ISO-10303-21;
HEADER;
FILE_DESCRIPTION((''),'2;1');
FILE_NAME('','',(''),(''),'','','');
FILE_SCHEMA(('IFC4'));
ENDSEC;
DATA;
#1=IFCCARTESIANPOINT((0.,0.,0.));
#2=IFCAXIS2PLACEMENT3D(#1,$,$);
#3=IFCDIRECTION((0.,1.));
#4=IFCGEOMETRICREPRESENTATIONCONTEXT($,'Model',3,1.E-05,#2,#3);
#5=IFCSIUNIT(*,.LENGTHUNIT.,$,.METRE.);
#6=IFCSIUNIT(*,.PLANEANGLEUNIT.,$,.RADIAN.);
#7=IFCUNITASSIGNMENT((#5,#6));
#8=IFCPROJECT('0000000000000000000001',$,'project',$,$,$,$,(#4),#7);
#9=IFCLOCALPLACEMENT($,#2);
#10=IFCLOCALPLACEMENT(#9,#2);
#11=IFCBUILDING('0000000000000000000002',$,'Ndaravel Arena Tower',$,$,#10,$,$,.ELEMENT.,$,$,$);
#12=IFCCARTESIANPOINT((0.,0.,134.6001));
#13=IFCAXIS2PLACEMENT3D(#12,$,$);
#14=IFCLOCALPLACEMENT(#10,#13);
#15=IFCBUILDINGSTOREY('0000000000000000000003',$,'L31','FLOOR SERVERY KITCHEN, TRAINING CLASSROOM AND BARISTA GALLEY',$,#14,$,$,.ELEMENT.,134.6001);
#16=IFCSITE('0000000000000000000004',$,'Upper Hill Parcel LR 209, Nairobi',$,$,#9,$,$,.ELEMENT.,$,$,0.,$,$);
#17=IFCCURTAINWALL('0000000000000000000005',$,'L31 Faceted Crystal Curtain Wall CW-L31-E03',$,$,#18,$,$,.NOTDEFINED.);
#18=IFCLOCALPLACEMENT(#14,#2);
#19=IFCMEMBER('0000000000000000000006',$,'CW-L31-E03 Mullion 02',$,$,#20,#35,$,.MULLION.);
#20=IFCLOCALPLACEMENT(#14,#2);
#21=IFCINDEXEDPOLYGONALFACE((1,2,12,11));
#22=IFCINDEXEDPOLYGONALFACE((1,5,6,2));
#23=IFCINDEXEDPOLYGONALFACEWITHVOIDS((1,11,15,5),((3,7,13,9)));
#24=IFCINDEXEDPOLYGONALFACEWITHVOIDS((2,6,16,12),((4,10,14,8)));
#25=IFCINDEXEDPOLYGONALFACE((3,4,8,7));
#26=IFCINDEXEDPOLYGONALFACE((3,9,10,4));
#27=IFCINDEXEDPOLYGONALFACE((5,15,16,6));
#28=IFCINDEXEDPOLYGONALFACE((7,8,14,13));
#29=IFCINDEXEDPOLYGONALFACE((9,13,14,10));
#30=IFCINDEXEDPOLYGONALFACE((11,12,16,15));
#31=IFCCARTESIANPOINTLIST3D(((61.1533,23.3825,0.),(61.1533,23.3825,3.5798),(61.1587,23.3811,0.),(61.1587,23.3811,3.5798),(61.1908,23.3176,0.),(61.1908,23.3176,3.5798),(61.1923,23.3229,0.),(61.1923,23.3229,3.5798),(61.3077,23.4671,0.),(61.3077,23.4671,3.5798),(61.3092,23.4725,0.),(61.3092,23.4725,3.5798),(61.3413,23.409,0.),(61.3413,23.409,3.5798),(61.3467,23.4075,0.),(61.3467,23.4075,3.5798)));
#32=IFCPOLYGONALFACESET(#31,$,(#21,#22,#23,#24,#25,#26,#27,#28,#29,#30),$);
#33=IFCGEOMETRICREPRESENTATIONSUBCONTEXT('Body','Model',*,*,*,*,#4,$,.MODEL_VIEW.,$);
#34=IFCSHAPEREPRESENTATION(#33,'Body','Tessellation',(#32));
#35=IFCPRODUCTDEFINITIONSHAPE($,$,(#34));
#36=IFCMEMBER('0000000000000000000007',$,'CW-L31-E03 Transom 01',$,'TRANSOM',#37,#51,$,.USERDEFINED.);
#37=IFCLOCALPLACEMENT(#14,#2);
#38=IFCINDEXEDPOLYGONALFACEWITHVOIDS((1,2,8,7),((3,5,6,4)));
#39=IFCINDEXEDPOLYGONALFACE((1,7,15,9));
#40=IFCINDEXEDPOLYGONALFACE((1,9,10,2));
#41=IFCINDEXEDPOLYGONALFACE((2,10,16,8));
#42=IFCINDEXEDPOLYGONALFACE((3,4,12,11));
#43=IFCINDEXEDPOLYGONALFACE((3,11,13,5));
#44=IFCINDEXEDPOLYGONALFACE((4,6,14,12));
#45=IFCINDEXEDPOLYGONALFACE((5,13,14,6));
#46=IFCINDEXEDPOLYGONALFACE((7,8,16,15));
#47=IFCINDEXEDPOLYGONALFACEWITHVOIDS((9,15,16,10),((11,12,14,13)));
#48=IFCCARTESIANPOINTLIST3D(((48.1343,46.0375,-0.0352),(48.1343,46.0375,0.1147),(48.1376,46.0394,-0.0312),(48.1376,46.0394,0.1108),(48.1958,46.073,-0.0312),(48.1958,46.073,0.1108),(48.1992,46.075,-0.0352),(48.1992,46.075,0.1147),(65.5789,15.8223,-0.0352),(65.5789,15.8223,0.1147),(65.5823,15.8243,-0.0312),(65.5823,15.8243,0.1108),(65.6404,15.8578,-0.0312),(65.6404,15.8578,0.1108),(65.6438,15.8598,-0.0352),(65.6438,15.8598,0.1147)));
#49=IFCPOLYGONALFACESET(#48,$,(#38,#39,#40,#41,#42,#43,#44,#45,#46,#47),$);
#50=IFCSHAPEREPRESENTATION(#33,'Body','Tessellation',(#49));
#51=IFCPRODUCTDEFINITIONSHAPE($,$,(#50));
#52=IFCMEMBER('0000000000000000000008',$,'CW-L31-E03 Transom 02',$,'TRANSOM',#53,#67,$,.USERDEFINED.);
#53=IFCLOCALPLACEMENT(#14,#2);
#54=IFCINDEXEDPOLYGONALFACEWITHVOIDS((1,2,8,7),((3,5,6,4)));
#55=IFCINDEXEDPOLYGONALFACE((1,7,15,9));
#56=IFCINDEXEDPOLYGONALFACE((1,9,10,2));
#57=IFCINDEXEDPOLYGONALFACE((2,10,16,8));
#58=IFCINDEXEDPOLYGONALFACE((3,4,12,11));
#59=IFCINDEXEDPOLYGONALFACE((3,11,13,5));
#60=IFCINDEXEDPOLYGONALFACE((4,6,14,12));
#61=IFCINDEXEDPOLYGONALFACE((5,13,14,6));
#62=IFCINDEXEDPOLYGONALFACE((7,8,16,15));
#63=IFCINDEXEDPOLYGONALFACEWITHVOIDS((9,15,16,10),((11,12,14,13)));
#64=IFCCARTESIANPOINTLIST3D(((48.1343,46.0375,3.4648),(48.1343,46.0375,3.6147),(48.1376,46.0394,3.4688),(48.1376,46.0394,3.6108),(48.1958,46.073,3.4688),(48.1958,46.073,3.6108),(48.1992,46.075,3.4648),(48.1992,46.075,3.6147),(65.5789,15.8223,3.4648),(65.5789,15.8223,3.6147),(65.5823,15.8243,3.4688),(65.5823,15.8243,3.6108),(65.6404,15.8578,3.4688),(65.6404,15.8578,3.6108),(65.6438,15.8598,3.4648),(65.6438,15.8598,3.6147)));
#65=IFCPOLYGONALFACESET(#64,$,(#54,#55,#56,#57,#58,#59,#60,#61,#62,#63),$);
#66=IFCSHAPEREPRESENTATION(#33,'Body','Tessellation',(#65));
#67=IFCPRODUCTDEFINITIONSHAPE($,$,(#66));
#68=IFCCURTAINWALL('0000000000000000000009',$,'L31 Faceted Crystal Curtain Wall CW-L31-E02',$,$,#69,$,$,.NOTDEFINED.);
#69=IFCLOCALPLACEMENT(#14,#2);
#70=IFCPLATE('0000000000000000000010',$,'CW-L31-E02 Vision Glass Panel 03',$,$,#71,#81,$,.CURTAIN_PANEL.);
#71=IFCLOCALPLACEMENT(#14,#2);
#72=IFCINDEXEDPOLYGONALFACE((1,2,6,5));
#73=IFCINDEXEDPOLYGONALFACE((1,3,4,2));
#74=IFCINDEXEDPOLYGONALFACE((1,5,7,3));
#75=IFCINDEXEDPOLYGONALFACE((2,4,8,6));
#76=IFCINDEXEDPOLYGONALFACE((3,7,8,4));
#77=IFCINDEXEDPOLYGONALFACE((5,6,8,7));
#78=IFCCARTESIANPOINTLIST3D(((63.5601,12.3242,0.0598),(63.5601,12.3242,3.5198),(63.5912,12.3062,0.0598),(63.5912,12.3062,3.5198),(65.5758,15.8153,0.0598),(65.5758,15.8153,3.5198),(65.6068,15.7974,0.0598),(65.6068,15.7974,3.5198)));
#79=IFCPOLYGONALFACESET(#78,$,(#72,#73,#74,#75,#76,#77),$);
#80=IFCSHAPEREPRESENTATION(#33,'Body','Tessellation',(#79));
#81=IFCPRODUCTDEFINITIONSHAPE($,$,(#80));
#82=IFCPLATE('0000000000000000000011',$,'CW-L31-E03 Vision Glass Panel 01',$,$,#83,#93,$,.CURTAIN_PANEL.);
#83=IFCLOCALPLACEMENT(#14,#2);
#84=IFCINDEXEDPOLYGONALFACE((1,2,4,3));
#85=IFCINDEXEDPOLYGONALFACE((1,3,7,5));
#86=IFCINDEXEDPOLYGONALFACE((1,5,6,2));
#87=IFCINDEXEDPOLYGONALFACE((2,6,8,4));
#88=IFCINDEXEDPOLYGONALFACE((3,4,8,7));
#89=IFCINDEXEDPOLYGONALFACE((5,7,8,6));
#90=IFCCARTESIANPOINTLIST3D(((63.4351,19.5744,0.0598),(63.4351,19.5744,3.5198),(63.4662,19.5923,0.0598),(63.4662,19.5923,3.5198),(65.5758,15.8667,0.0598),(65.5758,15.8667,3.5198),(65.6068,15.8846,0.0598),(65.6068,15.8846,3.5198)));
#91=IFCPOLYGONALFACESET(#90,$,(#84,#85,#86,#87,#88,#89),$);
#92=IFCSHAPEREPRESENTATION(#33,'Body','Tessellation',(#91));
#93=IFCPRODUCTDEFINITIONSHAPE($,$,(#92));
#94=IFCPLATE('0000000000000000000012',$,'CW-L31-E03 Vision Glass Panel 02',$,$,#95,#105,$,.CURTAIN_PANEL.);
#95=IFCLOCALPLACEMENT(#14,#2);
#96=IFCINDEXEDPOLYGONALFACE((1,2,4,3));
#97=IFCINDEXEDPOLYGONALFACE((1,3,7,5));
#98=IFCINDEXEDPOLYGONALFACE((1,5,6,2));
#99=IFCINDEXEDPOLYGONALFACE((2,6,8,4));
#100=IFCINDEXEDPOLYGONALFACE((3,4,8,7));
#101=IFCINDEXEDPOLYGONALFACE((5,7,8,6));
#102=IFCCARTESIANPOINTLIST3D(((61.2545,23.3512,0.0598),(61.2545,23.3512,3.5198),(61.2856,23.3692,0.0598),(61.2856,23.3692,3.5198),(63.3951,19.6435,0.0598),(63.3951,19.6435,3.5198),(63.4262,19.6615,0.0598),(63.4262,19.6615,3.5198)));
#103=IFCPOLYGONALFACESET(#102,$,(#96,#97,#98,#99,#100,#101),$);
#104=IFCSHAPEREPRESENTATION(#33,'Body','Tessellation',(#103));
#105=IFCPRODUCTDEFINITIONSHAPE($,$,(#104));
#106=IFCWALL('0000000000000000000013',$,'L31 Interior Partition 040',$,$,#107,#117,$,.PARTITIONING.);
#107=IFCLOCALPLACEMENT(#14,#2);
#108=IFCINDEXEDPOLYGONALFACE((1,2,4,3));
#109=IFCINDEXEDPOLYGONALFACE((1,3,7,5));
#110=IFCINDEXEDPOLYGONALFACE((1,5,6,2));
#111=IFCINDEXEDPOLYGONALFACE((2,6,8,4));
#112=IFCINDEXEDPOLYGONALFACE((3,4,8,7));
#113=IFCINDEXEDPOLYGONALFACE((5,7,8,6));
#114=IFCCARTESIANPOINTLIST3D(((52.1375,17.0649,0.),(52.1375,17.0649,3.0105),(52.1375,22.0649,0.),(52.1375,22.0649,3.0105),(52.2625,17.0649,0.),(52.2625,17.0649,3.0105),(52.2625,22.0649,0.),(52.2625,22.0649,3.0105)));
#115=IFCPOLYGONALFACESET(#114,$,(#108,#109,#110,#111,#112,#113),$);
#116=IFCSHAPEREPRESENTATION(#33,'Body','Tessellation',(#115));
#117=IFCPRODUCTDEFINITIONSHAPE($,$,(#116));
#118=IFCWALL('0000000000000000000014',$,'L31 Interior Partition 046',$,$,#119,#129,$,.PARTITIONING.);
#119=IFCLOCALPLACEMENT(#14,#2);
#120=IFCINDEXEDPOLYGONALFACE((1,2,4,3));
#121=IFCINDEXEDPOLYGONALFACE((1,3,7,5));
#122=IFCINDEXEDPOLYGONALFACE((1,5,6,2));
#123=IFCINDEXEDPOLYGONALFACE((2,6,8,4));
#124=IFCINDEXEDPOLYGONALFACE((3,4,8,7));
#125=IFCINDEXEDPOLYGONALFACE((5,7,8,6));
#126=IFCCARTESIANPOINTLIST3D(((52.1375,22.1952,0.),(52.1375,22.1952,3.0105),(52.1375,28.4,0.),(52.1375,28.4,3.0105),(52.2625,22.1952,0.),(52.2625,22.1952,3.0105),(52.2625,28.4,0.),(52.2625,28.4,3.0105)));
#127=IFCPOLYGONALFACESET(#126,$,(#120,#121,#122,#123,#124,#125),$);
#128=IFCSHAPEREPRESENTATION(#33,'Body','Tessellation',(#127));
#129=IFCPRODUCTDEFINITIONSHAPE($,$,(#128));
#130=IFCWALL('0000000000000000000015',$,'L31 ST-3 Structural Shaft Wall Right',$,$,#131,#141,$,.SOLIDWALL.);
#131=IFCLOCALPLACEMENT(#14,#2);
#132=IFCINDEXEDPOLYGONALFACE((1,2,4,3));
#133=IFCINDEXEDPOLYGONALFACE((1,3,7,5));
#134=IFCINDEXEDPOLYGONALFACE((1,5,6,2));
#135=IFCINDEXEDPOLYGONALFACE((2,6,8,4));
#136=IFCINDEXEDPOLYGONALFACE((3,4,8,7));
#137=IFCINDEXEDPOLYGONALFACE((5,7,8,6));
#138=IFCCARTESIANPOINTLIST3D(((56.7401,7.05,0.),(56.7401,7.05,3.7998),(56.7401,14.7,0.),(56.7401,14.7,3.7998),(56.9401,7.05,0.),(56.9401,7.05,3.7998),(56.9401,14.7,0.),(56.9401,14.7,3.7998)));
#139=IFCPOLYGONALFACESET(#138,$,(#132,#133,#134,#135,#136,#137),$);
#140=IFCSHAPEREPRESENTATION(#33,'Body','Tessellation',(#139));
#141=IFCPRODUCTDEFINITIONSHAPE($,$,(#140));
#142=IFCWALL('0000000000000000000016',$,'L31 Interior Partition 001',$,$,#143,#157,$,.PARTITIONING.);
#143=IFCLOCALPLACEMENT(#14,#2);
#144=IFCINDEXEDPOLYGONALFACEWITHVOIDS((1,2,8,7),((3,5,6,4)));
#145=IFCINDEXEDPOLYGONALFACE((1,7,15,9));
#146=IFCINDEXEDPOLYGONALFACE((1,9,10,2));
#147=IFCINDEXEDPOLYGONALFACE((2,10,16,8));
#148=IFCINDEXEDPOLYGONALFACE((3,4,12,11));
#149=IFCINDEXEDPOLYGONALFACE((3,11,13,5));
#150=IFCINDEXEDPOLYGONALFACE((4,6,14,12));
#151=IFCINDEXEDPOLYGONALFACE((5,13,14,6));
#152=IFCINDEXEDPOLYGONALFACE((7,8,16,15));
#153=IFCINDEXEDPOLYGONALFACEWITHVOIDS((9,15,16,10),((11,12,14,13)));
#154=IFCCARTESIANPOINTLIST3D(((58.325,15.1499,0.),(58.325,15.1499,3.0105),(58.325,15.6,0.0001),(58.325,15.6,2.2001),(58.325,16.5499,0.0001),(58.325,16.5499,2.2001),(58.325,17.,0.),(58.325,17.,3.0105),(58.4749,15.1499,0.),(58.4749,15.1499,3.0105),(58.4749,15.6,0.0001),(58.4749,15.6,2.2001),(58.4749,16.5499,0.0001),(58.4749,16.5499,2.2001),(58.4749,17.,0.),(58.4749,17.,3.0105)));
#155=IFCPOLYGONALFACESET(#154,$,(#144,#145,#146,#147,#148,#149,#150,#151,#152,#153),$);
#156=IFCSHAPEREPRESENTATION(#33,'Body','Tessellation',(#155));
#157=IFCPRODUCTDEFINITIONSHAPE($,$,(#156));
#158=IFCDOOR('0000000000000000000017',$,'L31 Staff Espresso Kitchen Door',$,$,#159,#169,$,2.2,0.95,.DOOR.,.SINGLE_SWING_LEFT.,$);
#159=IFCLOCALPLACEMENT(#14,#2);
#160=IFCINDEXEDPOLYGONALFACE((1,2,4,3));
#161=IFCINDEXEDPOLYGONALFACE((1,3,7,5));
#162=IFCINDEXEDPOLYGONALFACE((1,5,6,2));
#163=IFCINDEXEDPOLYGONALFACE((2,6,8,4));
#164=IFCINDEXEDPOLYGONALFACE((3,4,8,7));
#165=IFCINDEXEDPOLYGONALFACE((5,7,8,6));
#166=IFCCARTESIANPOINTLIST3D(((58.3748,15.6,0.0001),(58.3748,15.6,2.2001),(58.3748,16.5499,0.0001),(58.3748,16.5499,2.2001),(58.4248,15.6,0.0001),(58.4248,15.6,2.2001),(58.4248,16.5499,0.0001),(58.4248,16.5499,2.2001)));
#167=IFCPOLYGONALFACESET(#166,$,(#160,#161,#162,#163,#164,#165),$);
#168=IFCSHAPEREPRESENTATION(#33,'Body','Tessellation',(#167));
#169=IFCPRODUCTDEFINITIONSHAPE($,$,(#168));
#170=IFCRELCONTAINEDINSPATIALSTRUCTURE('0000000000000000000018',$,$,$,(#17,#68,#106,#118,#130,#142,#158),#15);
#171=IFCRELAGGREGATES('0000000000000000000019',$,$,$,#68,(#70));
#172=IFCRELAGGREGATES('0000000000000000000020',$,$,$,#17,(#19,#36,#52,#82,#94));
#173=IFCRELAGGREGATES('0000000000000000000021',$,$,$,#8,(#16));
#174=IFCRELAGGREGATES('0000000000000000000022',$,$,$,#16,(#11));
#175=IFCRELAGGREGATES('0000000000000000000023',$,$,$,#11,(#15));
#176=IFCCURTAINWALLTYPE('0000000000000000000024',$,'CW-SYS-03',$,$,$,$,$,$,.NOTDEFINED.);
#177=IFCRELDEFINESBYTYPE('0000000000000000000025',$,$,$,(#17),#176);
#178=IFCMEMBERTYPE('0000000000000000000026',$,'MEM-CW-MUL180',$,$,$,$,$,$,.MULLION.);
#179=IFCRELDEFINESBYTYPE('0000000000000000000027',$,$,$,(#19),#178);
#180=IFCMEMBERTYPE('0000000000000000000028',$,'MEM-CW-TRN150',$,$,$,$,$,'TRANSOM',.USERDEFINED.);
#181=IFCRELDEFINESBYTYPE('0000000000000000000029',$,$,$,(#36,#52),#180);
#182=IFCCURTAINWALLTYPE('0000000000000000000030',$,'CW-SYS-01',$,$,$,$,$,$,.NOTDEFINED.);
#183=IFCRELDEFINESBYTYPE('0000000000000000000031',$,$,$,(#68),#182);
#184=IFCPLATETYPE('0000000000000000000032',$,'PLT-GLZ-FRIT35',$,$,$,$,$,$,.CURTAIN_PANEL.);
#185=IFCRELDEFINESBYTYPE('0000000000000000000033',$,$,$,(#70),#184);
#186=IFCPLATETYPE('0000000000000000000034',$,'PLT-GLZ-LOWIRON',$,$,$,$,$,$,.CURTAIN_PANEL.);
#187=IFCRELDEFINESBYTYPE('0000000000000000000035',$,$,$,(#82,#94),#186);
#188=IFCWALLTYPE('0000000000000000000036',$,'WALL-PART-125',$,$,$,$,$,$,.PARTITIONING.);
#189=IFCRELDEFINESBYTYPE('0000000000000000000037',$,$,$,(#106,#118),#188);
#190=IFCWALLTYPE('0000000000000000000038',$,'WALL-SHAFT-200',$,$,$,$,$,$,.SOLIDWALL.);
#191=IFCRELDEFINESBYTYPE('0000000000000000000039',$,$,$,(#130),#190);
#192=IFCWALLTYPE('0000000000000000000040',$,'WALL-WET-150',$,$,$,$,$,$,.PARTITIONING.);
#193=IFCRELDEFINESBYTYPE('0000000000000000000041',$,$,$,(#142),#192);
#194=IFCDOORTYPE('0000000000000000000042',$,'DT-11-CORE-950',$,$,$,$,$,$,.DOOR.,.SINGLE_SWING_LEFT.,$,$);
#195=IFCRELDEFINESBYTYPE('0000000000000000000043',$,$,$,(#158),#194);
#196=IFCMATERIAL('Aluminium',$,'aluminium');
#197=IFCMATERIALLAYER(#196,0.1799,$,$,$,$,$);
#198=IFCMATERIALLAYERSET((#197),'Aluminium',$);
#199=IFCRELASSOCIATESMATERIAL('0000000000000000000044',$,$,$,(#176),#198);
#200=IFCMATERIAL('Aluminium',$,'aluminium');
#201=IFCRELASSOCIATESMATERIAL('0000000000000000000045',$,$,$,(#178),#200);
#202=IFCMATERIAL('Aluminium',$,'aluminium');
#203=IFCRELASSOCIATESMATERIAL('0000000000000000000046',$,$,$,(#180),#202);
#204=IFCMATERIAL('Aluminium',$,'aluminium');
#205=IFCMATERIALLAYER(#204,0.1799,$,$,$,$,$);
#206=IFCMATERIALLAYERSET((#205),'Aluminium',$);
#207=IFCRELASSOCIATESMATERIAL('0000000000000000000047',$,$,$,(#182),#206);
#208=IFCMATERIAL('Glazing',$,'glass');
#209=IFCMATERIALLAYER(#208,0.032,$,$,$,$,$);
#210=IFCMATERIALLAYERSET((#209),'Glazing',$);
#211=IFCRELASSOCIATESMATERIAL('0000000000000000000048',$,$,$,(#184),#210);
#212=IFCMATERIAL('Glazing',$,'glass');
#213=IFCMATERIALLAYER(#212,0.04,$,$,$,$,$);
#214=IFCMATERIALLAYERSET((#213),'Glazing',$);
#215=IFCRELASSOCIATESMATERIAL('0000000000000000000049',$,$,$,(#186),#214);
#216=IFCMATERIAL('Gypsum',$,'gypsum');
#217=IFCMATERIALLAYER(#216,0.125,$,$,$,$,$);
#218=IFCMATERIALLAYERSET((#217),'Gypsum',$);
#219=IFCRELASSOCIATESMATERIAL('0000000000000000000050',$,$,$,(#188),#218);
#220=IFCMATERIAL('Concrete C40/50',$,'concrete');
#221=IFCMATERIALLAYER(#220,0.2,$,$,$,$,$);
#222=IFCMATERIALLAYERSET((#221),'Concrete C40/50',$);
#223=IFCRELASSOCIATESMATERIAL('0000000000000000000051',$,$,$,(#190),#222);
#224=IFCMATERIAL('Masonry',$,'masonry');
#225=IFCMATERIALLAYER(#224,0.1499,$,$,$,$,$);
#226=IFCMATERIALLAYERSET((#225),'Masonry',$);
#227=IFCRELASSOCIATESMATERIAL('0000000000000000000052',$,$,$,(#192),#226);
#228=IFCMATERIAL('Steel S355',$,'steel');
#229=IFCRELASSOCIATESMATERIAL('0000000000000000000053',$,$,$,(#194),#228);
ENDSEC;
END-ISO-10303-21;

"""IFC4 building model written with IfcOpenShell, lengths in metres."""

from ifc_helpers import new_model, si_unit, direction, frame, frame_2d, origin, origin_2d, place, context, subcontext, project, spatial, rectangle, hollow_rectangle, extrude, material, layer, layer_set, material_profile, profile_set, type_object, element, fill, aggregate, save


model = new_model("IFC4")

# Units and contexts
model_context = context("Model", 3, precision=1e-05, world=origin(), true_north=direction((0.0, 1.0)))
body_context = subcontext(model_context, "Body", "Model", "MODEL_VIEW")
ifc_project = project(units=[si_unit("LENGTHUNIT", "METRE"), si_unit("PLANEANGLEUNIT", "RADIAN")], contexts=[model_context])

# Site, building, storey
site_placement = place(None, origin())
site = spatial("IfcSite", under=ifc_project, at=site_placement, Name="Upper Hill Parcel LR 209, Nairobi", CompositionType="ELEMENT", RefElevation=0.0)
building_placement = place(site_placement, origin())
building = spatial("IfcBuilding", under=site, at=building_placement, Name="Ndaravel Arena Tower", CompositionType="ELEMENT")
storey_placement = place(building_placement, frame((0.0, 0.0, 134.6001)))
storey = spatial("IfcBuildingStorey", under=building, at=storey_placement, Name="L31", Description="FLOOR SERVERY KITCHEN, TRAINING CLASSROOM AND BARISTA GALLEY", CompositionType="ELEMENT", Elevation=134.6001)

# Curtain wall, members
ifc_material_1 = material(Name="Aluminium", Category="aluminium")
ifc_layer_1 = layer(ifc_material_1, 0.1799)
ifc_layer_set_1 = layer_set([ifc_layer_1], Name="Aluminium")
curtain_wall_type_1 = type_object("IfcCurtainWallType", Name="CW-SYS-03", PredefinedType="NOTDEFINED", material=ifc_layer_set_1)
curtain_wall_1_placement = place(storey_placement, origin())
curtain_wall_1 = element("IfcCurtainWall", 1, at=curtain_wall_1_placement, inside=storey, type_object=curtain_wall_type_1, Name="L31 Faceted Crystal Curtain Wall CW-L31-E03", PredefinedType="NOTDEFINED")
ifc_material_2 = material(Name="Aluminium", Category="aluminium")
ifc_material_profile_1 = material_profile(ifc_material_2, hollow_rectangle(XDim=0.075, YDim=0.1799, WallThickness=0.0039, at=origin_2d()), Name="CW MULLION 75x180x4")
ifc_profile_set_1 = profile_set([ifc_material_profile_1], Name="Aluminium")
member_type_1 = type_object("IfcMemberType", Name="MEM-CW-MUL180", PredefinedType="MULLION", material=ifc_profile_set_1)
member_1_placement = place(storey_placement, frame((61.25, 23.395, 0.0), z_axis=(0.0, 0.0, 1.0), x_axis=(-0.5, 0.866025, 0.0)))
member_1 = element("IfcMember", 2, at=member_1_placement, type_object=member_type_1, Name="CW-L31-E03 Mullion 02", PredefinedType="MULLION", context=body_context, shape_type="SweptSolid", body=[
    extrude(hollow_rectangle(XDim=0.075, YDim=0.1799, WallThickness=0.0039, at=origin_2d()), origin(), (0.0, 0.0, 1.0), 3.5798),
])
ifc_material_3 = material(Name="Aluminium", Category="aluminium")
ifc_material_profile_2 = material_profile(ifc_material_3, hollow_rectangle(XDim=0.075, YDim=0.1499, WallThickness=0.0039, at=origin_2d()), Name="CW TRANSOM 75x150x4")
ifc_profile_set_2 = profile_set([ifc_material_profile_2], Name="Aluminium")
member_type_2 = type_object("IfcMemberType", Name="MEM-CW-TRN150", ElementType="TRANSOM", PredefinedType="USERDEFINED", material=ifc_profile_set_2)
member_2_placement = place(storey_placement, frame((65.6113, 15.8411, 0.0398), z_axis=(-0.499998, 0.866027, 0.0), x_axis=(-0.866027, -0.499998, 0.0)))
member_2 = element("IfcMember", 3, at=member_2_placement, type_object=member_type_2, Name="CW-L31-E03 Transom 01", ObjectType="TRANSOM", PredefinedType="USERDEFINED", context=body_context, shape_type="SweptSolid", body=[
    extrude(hollow_rectangle(XDim=0.075, YDim=0.1499, WallThickness=0.0039, at=origin_2d()), origin(), (0.0, 0.0, 1.0), 34.8894),
])
member_3_placement = place(storey_placement, frame((65.6113, 15.8411, 3.5398), z_axis=(-0.499998, 0.866027, 0.0), x_axis=(-0.866027, -0.499998, 0.0)))
member_3 = element("IfcMember", 4, at=member_3_placement, type_object=member_type_2, Name="CW-L31-E03 Transom 02", ObjectType="TRANSOM", PredefinedType="USERDEFINED", context=body_context, shape_type="SweptSolid", body=[
    extrude(hollow_rectangle(XDim=0.075, YDim=0.1499, WallThickness=0.0039, at=origin_2d()), origin(), (0.0, 0.0, 1.0), 34.8894),
])

# Curtain wall, plate
ifc_material_4 = material(Name="Aluminium", Category="aluminium")
ifc_layer_2 = layer(ifc_material_4, 0.1799)
ifc_layer_set_2 = layer_set([ifc_layer_2], Name="Aluminium")
curtain_wall_type_2 = type_object("IfcCurtainWallType", Name="CW-SYS-01", PredefinedType="NOTDEFINED", material=ifc_layer_set_2)
curtain_wall_2_placement = place(storey_placement, origin())
curtain_wall_2 = element("IfcCurtainWall", 5, at=curtain_wall_2_placement, inside=storey, type_object=curtain_wall_type_2, Name="L31 Faceted Crystal Curtain Wall CW-L31-E02", PredefinedType="NOTDEFINED")
ifc_material_5 = material(Name="Glazing", Category="glass")
ifc_layer_3 = layer(ifc_material_5, 0.032)
ifc_layer_set_3 = layer_set([ifc_layer_3], Name="Glazing")
plate_type_1 = type_object("IfcPlateType", Name="PLT-GLZ-FRIT35", PredefinedType="CURTAIN_PANEL", material=ifc_layer_set_3)
plate_1_placement = place(storey_placement, frame((64.5835, 14.0608, 0.0598), z_axis=(0.0, 0.0, 1.0), x_axis=(0.5, 0.866025, 0.0)))
plate_1 = element("IfcPlate", 6, at=plate_1_placement, type_object=plate_type_1, Name="CW-L31-E02 Vision Glass Panel 03", PredefinedType="CURTAIN_PANEL", context=body_context, shape_type="SweptSolid", body=[
    extrude(rectangle(XDim=4.0312, YDim=0.0359, at=origin_2d()), origin(), (0.0, 0.0, 1.0), 3.46),
])
aggregate(curtain_wall_2, [plate_1])

# Plates
ifc_material_6 = material(Name="Glazing", Category="glass")
ifc_layer_4 = layer(ifc_material_6, 0.04)
ifc_layer_set_4 = layer_set([ifc_layer_4], Name="Glazing")
plate_type_2 = type_object("IfcPlateType", Name="PLT-GLZ-LOWIRON", PredefinedType="CURTAIN_PANEL", material=ifc_layer_set_4)
plate_2_placement = place(storey_placement, frame((64.521, 17.7295, 0.0598), z_axis=(0.0, 0.0, 1.0), x_axis=(-0.5, 0.866025, 0.0)))
plate_2 = element("IfcPlate", 7, at=plate_2_placement, type_object=plate_type_2, Name="CW-L31-E03 Vision Glass Panel 01", PredefinedType="CURTAIN_PANEL", context=body_context, shape_type="SweptSolid", body=[
    extrude(rectangle(XDim=4.2812, YDim=0.0359, at=origin_2d()), origin(), (0.0, 0.0, 1.0), 3.46),
])
plate_3_placement = place(storey_placement, frame((62.3403, 21.5063, 0.0598), z_axis=(0.0, 0.0, 1.0), x_axis=(-0.5, 0.866025, 0.0)))
plate_3 = element("IfcPlate", 8, at=plate_3_placement, type_object=plate_type_2, Name="CW-L31-E03 Vision Glass Panel 02", PredefinedType="CURTAIN_PANEL", context=body_context, shape_type="SweptSolid", body=[
    extrude(rectangle(XDim=4.2812, YDim=0.0359, at=origin_2d()), origin(), (0.0, 0.0, 1.0), 3.46),
])
aggregate(curtain_wall_1, [member_1, member_2, member_3, plate_2, plate_3])

# Walls
ifc_material_7 = material(Name="Gypsum", Category="gypsum")
ifc_layer_5 = layer(ifc_material_7, 0.125)
ifc_layer_set_5 = layer_set([ifc_layer_5], Name="Gypsum")
wall_type_1 = type_object("IfcWallType", Name="WALL-PART-125", PredefinedType="PARTITIONING", material=ifc_layer_set_5)
wall_1_placement = place(storey_placement, frame((52.2, 22.0649, 0.0), z_axis=(0.0, 0.0, 1.0), x_axis=(0.0, -1.0, 0.0)))
element("IfcWall", 9, at=wall_1_placement, inside=storey, type_object=wall_type_1, Name="L31 Interior Partition 040", PredefinedType="PARTITIONING", context=body_context, shape_type="SweptSolid", body=[
    extrude(rectangle(XDim=5.0, YDim=0.125, at=frame_2d((2.5, 0.0))), origin(), (0.0, 0.0, 1.0), 3.0105),
])
wall_2_placement = place(storey_placement, frame((52.2, 22.1951, 0.0), z_axis=(0.0, 0.0, 1.0), x_axis=(0.0, 1.0, 0.0)))
element("IfcWall", 10, at=wall_2_placement, inside=storey, type_object=wall_type_1, Name="L31 Interior Partition 046", PredefinedType="PARTITIONING", context=body_context, shape_type="SweptSolid", body=[
    extrude(rectangle(XDim=6.2048, YDim=0.125, at=frame_2d((3.1025, 0.0))), origin(), (0.0, 0.0, 1.0), 3.0105),
])
ifc_material_8 = material(Name="Concrete C40/50", Category="concrete")
ifc_layer_6 = layer(ifc_material_8, 0.2)
ifc_layer_set_6 = layer_set([ifc_layer_6], Name="Concrete C40/50")
wall_type_2 = type_object("IfcWallType", Name="WALL-SHAFT-200", PredefinedType="SOLIDWALL", material=ifc_layer_set_6)
wall_3_placement = place(storey_placement, frame((56.8401, 14.7, 0.0), z_axis=(0.0, 0.0, 1.0), x_axis=(0.0, -1.0, 0.0)))
element("IfcWall", 11, at=wall_3_placement, inside=storey, type_object=wall_type_2, Name="L31 ST-3 Structural Shaft Wall Right", PredefinedType="SOLIDWALL", context=body_context, shape_type="SweptSolid", body=[
    extrude(rectangle(XDim=7.6499, YDim=0.2, at=frame_2d((3.825, 0.0))), origin(), (0.0, 0.0, 1.0), 3.7998),
])

# Wall, opening, door
ifc_material_9 = material(Name="Masonry", Category="masonry")
ifc_layer_7 = layer(ifc_material_9, 0.1499)
ifc_layer_set_7 = layer_set([ifc_layer_7], Name="Masonry")
wall_type_3 = type_object("IfcWallType", Name="WALL-WET-150", PredefinedType="PARTITIONING", material=ifc_layer_set_7)
wall_4_placement = place(storey_placement, frame((58.3999, 17.0, 0.0), z_axis=(0.0, 0.0, 1.0), x_axis=(0.0, -1.0, 0.0)))
wall_4 = element("IfcWall", 12, at=wall_4_placement, inside=storey, type_object=wall_type_3, Name="L31 Interior Partition 001", PredefinedType="PARTITIONING", context=body_context, shape_type="SweptSolid", body=[
    extrude(rectangle(XDim=1.8501, YDim=0.1499, at=frame_2d((0.925, 0.0))), origin(), (0.0, 0.0, 1.0), 3.0105),
])
opening_1_placement = place(wall_4_placement, frame((0.45, 0.0, 0.0)))
opening_1 = element("IfcOpeningElement", 13, at=opening_1_placement, cuts=wall_4, PredefinedType="OPENING", context=body_context, shape_type="SweptSolid", body=[
    extrude(rectangle(XDim=0.95, YDim=2.2, at=frame_2d((0.4751, 1.1001))), frame((0.0, 0.075, 0.0), z_axis=(0.0, -1.0, 0.0), x_axis=(1.0, 0.0, 0.0)), (0.0, 0.0, 1.0), 0.1499),
])
ifc_material_10 = material(Name="Steel S355", Category="steel")
door_type = type_object("IfcDoorType", Name="DT-11-CORE-950", OperationType="SINGLE_SWING_LEFT", PredefinedType="DOOR", material=ifc_material_10)
door_1_placement = place(opening_1_placement, origin())
door_1 = element("IfcDoor", 14, at=door_1_placement, inside=storey, type_object=door_type, Name="L31 Staff Espresso Kitchen Door", OperationType="SINGLE_SWING_LEFT", OverallHeight=2.2, OverallWidth=0.95, PredefinedType="DOOR", context=body_context, shape_type="SweptSolid", body=[
    extrude(rectangle(XDim=0.95, YDim=2.2, at=frame_2d((0.4751, 1.1001))), frame((0.0, 0.0249, 0.0), z_axis=(0.0, -1.0, 0.0), x_axis=(1.0, 0.0, 0.0)), (0.0, 0.0, 1.0), 0.05),
])
fill(opening_1, door_1)

save(model, "model.ifc")
